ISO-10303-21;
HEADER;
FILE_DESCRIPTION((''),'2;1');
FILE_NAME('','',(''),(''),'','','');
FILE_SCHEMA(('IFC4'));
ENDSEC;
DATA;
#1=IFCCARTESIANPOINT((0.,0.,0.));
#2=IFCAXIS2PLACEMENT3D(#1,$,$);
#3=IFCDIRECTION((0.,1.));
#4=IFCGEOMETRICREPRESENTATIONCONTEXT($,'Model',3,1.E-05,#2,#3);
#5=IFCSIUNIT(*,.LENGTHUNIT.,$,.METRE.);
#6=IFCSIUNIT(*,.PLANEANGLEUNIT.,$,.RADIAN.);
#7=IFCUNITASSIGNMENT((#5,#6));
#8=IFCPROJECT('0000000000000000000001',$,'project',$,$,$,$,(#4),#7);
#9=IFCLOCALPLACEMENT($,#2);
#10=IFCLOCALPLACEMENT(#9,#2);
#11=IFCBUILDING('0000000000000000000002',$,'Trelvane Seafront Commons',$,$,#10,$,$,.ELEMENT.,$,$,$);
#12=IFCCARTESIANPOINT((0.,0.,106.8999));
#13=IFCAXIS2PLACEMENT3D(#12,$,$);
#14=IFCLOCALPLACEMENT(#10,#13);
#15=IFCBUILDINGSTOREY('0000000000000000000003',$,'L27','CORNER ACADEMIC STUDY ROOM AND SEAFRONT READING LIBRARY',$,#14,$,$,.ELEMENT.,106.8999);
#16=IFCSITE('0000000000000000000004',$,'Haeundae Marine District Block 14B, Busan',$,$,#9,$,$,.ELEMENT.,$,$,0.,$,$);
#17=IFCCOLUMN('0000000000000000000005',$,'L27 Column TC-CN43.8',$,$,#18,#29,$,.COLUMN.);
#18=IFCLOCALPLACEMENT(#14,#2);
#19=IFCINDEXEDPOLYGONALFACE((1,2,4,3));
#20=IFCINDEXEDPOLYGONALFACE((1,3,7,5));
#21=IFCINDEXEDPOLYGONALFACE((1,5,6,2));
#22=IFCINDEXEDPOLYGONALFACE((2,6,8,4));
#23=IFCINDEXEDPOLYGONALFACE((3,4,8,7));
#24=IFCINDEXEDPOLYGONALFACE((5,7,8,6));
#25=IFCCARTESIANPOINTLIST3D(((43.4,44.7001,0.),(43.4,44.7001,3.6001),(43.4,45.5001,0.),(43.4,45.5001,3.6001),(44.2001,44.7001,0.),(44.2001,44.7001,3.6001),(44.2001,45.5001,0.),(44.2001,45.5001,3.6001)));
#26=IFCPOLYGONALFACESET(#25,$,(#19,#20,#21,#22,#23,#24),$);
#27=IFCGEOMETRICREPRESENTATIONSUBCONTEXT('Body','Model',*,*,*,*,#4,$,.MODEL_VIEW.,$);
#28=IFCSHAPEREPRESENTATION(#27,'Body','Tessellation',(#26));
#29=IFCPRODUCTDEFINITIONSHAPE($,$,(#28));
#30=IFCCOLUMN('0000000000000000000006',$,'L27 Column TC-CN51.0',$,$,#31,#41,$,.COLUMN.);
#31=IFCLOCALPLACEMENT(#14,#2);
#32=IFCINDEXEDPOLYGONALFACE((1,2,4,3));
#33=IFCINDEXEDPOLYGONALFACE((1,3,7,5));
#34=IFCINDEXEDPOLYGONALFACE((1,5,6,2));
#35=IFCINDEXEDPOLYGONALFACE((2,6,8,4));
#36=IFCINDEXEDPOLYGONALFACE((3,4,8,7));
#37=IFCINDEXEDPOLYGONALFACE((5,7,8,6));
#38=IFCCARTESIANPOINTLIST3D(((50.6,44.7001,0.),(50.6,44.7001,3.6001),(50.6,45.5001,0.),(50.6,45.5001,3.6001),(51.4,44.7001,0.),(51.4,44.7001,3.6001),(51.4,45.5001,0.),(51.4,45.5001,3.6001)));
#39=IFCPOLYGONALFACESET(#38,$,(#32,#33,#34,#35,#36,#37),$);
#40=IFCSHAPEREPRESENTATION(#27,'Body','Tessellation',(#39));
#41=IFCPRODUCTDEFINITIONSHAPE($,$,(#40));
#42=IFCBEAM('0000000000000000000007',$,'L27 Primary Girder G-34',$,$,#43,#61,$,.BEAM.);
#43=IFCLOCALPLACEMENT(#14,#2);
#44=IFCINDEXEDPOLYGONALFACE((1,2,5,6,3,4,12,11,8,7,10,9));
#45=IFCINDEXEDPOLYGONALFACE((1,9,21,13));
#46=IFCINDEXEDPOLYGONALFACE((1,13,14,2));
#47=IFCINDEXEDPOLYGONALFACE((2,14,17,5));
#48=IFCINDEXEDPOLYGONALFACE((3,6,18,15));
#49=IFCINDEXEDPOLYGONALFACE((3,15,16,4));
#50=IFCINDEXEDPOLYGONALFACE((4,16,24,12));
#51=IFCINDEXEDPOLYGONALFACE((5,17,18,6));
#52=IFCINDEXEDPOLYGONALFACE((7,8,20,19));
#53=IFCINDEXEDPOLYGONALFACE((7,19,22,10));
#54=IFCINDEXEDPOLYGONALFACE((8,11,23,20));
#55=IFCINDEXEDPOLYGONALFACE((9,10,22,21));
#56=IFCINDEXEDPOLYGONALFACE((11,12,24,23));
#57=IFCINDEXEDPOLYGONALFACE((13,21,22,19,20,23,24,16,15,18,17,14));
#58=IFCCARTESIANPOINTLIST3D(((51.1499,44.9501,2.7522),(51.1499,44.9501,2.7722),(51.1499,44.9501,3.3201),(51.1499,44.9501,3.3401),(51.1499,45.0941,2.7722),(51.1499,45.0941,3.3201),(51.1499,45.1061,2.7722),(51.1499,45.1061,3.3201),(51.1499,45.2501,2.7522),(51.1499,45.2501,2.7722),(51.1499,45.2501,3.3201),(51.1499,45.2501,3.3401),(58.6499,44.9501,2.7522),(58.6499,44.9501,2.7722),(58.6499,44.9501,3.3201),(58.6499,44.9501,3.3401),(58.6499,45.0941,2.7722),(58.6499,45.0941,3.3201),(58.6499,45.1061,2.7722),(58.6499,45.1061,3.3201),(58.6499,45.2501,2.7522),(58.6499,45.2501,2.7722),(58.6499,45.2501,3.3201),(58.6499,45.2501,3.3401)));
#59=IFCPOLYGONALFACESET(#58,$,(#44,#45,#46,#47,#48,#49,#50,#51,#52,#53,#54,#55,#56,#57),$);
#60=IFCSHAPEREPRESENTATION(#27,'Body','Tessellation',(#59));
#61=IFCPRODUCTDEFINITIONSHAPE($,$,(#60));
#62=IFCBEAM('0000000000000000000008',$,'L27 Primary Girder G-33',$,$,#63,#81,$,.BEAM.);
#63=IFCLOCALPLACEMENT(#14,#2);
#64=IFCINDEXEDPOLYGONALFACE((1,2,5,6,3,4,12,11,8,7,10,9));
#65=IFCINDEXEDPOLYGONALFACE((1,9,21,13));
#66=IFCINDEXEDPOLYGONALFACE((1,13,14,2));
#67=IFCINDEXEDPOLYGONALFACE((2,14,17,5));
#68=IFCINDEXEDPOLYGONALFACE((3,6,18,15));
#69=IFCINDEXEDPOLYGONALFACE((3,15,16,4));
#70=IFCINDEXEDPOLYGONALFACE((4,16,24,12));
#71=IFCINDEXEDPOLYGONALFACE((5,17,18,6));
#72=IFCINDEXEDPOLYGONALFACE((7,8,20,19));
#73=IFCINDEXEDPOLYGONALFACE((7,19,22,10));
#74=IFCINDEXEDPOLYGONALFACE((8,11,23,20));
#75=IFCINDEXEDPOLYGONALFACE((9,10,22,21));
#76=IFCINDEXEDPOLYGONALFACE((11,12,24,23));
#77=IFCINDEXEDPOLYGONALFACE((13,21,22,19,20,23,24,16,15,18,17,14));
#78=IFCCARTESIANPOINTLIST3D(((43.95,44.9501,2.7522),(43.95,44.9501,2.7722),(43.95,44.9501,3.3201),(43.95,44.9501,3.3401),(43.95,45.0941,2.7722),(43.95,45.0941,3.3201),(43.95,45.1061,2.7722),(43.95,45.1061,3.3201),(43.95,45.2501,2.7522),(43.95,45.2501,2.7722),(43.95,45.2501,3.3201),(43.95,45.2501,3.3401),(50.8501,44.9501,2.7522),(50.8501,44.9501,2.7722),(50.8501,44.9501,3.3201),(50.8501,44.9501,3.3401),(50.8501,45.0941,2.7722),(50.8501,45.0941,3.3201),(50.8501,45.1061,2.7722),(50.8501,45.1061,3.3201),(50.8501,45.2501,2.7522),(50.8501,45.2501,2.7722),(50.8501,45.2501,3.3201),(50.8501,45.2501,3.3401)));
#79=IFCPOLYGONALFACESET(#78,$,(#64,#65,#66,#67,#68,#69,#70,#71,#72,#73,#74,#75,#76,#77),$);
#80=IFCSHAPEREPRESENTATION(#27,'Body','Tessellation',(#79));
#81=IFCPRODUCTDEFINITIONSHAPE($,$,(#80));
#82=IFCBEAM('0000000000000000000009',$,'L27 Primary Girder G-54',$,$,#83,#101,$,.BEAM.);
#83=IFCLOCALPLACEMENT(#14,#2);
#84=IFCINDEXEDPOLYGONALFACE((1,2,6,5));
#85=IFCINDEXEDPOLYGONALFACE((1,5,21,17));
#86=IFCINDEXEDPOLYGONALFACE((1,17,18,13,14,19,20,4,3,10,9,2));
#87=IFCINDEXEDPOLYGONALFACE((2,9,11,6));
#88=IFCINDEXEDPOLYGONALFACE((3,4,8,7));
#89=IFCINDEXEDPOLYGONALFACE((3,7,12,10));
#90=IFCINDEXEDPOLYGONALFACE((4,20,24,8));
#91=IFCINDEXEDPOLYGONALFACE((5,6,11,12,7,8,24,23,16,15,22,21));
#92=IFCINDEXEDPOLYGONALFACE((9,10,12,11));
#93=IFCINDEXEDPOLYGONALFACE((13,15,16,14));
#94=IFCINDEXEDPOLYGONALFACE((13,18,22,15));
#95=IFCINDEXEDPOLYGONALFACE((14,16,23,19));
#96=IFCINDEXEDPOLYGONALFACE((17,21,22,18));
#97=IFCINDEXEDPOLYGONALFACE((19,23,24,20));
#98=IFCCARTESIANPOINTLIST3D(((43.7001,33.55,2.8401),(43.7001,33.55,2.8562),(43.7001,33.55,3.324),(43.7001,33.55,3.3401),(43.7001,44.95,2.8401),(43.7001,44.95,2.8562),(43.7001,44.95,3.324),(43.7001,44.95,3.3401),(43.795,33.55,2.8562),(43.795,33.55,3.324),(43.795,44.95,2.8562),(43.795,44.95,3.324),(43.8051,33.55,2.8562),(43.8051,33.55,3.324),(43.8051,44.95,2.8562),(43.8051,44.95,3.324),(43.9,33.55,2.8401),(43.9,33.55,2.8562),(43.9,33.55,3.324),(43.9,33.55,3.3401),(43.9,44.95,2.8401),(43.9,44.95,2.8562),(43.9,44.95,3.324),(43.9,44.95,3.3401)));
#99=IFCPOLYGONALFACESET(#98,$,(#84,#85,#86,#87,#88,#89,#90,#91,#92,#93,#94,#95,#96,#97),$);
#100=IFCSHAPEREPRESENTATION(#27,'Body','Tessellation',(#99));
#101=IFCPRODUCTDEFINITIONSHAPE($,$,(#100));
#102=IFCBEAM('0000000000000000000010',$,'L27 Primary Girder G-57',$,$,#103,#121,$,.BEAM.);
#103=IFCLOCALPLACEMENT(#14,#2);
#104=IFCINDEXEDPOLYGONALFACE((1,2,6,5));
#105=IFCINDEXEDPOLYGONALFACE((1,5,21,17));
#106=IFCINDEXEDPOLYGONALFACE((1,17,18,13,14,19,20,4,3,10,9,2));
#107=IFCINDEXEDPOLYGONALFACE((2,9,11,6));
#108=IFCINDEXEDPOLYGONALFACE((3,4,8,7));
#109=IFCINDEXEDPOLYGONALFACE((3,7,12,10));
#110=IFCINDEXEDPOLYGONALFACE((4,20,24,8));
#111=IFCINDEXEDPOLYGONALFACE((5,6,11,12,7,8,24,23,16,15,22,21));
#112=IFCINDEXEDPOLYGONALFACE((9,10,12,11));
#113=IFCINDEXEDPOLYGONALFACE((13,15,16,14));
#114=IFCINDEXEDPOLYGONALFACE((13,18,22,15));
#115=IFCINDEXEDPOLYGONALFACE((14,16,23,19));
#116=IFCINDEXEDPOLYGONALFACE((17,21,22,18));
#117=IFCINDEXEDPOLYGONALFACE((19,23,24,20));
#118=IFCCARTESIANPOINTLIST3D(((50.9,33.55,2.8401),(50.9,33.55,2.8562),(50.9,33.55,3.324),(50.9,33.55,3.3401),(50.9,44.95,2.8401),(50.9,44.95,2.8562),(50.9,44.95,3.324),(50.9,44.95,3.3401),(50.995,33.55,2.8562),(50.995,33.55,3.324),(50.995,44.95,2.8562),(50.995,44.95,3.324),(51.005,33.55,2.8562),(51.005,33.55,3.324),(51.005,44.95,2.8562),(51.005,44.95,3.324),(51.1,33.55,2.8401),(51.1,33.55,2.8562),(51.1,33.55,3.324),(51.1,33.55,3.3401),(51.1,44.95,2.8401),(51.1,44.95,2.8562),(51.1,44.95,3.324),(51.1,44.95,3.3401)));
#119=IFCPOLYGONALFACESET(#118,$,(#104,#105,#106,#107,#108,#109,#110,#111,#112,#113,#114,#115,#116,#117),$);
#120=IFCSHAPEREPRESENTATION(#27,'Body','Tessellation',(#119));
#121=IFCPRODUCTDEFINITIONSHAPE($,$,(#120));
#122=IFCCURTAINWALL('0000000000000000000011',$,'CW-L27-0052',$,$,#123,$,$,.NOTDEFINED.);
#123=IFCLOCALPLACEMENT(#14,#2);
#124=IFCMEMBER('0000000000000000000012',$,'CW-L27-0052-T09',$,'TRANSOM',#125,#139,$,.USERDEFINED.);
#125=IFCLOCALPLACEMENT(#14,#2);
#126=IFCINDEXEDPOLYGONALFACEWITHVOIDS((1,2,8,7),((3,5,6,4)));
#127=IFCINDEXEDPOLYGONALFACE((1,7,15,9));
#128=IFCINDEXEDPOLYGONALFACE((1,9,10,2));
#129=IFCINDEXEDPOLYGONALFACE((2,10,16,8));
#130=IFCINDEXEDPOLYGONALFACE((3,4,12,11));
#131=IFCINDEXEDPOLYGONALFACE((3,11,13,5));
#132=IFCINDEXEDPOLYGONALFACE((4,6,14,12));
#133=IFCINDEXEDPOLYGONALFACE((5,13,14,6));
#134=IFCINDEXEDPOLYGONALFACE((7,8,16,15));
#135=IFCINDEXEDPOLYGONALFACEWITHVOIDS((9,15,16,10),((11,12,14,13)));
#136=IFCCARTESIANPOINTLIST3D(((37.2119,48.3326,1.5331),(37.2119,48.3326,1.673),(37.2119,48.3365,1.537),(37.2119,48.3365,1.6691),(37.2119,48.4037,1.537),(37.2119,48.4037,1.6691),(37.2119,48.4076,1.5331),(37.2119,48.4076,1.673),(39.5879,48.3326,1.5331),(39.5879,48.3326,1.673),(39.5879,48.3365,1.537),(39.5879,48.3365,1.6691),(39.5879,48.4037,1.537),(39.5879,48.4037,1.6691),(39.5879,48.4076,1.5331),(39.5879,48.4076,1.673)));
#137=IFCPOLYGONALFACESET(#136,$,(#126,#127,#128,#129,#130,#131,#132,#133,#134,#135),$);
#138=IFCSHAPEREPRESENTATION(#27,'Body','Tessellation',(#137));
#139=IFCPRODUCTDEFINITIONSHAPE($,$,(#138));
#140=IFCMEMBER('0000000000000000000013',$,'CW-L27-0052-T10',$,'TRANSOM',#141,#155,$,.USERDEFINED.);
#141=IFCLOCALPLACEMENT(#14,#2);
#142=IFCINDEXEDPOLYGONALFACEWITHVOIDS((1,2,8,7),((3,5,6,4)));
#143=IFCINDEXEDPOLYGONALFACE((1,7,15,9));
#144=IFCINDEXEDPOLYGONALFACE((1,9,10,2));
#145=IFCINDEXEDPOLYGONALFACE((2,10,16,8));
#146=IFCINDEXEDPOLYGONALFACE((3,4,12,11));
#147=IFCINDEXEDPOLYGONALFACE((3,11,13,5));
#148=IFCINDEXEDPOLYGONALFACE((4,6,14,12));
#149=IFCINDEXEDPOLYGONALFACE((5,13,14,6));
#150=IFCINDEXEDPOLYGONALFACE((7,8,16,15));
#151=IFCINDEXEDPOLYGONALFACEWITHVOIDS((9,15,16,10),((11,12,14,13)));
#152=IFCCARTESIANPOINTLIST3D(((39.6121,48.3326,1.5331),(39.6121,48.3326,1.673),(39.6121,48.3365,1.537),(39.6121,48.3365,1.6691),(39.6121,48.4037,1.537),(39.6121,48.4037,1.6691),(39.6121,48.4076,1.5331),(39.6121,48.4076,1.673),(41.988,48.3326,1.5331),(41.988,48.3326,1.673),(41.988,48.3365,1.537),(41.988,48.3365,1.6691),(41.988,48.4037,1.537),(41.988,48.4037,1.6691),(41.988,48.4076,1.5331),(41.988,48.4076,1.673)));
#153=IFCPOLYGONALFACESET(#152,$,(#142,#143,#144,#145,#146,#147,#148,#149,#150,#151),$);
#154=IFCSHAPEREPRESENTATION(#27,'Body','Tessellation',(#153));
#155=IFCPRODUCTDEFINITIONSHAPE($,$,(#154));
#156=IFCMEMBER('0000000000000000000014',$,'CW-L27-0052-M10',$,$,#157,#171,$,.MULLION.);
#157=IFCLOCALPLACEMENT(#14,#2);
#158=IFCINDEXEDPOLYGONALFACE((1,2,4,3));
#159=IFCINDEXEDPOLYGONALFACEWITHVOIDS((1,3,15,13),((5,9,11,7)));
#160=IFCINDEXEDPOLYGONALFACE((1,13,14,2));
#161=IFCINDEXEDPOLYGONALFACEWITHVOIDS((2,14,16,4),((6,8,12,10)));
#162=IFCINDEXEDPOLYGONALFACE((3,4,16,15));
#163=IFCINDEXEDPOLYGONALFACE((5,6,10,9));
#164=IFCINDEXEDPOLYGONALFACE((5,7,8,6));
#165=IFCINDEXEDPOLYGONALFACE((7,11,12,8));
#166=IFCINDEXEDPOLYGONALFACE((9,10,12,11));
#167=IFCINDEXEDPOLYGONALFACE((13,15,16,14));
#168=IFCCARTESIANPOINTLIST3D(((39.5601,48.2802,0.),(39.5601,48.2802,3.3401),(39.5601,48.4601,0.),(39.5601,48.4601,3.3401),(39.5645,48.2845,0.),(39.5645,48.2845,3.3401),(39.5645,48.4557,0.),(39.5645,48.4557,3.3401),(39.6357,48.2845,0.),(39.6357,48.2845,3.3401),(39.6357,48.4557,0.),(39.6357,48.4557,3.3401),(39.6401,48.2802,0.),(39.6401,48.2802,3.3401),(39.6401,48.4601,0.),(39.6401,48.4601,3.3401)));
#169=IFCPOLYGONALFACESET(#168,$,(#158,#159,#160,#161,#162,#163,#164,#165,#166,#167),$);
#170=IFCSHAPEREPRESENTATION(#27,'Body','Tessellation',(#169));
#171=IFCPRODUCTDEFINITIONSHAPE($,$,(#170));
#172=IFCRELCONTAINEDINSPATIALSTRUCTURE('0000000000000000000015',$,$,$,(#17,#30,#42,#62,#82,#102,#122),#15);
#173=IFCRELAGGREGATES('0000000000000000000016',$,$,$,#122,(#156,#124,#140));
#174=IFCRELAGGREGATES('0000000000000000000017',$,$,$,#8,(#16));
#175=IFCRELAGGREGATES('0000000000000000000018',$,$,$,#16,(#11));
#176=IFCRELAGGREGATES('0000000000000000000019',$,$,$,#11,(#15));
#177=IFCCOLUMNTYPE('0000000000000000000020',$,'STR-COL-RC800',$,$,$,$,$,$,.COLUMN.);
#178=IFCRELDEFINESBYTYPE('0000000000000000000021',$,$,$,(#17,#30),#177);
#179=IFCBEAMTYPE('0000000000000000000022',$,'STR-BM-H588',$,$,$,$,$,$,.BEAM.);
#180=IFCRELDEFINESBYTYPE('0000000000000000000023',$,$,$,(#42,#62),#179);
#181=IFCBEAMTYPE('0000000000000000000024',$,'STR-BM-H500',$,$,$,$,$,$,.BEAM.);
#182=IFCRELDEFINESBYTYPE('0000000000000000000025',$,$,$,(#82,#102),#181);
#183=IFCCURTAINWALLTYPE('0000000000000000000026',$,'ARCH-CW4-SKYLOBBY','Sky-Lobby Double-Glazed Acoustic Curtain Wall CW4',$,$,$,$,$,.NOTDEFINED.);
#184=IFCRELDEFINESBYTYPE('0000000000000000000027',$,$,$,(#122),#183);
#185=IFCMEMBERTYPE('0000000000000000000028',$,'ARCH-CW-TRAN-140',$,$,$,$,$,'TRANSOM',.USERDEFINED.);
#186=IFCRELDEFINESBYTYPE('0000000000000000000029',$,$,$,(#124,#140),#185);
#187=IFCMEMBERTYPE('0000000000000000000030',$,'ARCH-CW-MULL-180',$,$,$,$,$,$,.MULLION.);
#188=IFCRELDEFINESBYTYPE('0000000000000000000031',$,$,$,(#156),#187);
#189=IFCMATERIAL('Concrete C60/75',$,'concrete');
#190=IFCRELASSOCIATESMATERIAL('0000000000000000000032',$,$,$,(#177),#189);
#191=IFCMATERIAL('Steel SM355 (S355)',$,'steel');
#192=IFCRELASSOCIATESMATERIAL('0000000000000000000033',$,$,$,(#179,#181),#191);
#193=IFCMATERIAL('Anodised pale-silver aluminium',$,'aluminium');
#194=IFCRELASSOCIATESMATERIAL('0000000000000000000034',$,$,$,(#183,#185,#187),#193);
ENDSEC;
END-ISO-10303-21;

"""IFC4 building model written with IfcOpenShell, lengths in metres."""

from ifc_helpers import new_model, si_unit, direction, frame, origin, origin_2d, place, context, subcontext, project, spatial, rectangle, hollow_rectangle, i_section, extrude, source, transform, mapped, material, material_profile, profile_set, type_object, element, aggregate, save


model = new_model("IFC4")

# Units and contexts
model_context = context("Model", 3, precision=1e-05, world=origin(), true_north=direction((0.0, 1.0)))
body_context = subcontext(model_context, "Body", "Model", "MODEL_VIEW")
ifc_project = project(units=[si_unit("LENGTHUNIT", "METRE"), si_unit("PLANEANGLEUNIT", "RADIAN")], contexts=[model_context])

# Site, building, storey
site_placement = place(None, origin())
site = spatial("IfcSite", under=ifc_project, at=site_placement, Name="Haeundae Marine District Block 14B, Busan", CompositionType="ELEMENT", RefElevation=0.0)
building_placement = place(site_placement, origin())
building = spatial("IfcBuilding", under=site, at=building_placement, Name="Trelvane Seafront Commons", CompositionType="ELEMENT")
storey_placement = place(building_placement, frame((0.0, 0.0, 106.8999)))
storey = spatial("IfcBuildingStorey", under=building, at=storey_placement, Name="L27", Description="CORNER ACADEMIC STUDY ROOM AND SEAFRONT READING LIBRARY", CompositionType="ELEMENT", Elevation=106.8999)

# Columns
ifc_material_1 = material(Name="Concrete C60/75", Category="concrete")
ifc_material_profile_1 = material_profile(ifc_material_1, rectangle(XDim=0.8, YDim=0.8, at=origin_2d()), Name="RC-800x800")
ifc_profile_set_1 = profile_set([ifc_material_profile_1], Name="Concrete C60/75")
column_type = type_object("IfcColumnType", Name="STR-COL-RC800", PredefinedType="COLUMN", material=ifc_profile_set_1)
shared_shape_1 = source(origin(), body_context, "Body", "SweptSolid", [
    extrude(rectangle(XDim=0.8, YDim=0.8, at=origin_2d()), origin(), (0.0, 0.0, 1.0), 3.6001),
])
for number, where, z_axis, x_axis, name in (
    (1, (43.8, 45.1001, 0.0), (0.0, 0.0, 1.0), (1.0, 0.0, 0.0), "L27 Column TC-CN43.8"),
    (2, (51.0, 45.1001, 0.0), (0.0, 0.0, 1.0), (1.0, 0.0, 0.0), "L27 Column TC-CN51.0"),
):
    element("IfcColumn", number, at=place(storey_placement, frame(where, z_axis=z_axis, x_axis=x_axis)), inside=storey, type_object=column_type, Name=name, PredefinedType="COLUMN", context=body_context, shape_type="MappedRepresentation", body=[
        mapped(shared_shape_1, transform((0.0, 0.0, 0.0), x_axis=(1.0, 0.0, 0.0), y_axis=(0.0, 1.0, 0.0), z_axis=(0.0, 0.0, 1.0), scale=1.0)),
    ])

# Beams
ifc_material_2 = material(Name="Steel SM355 (S355)", Category="steel")
ifc_material_profile_2 = material_profile(ifc_material_2, i_section(OverallWidth=0.3, OverallDepth=0.5879, WebThickness=0.012, FlangeThickness=0.02, at=origin_2d()), Name="H-588x300x12x20")
ifc_profile_set_2 = profile_set([ifc_material_profile_2], Name="Steel SM355 (S355)")
beam_type_1 = type_object("IfcBeamType", Name="STR-BM-H588", PredefinedType="BEAM", material=ifc_profile_set_2)
shared_shape_2 = source(origin(), body_context, "Body", "SweptSolid", [
    extrude(i_section(OverallWidth=0.3, OverallDepth=0.5879, WebThickness=0.012, FlangeThickness=0.02, at=origin_2d()), origin(), (0.0, 0.0, 1.0), 7.5),
])
beam_1_placement = place(storey_placement, frame((51.1499, 45.1001, 3.0461), z_axis=(1.0, 0.0, 0.0), x_axis=(0.0, 1.0, 0.0)))
element("IfcBeam", 3, at=beam_1_placement, inside=storey, type_object=beam_type_1, Name="L27 Primary Girder G-34", PredefinedType="BEAM", context=body_context, shape_type="MappedRepresentation", body=[
    mapped(shared_shape_2, transform((0.0, 0.0, 0.0), x_axis=(1.0, 0.0, 0.0), y_axis=(0.0, 1.0, 0.0), z_axis=(0.0, 0.0, 1.0), scale=1.0)),
])
shared_shape_3 = source(origin(), body_context, "Body", "SweptSolid", [
    extrude(i_section(OverallWidth=0.3, OverallDepth=0.5879, WebThickness=0.012, FlangeThickness=0.02, at=origin_2d()), origin(), (0.0, 0.0, 1.0), 6.9001),
])
beam_2_placement = place(storey_placement, frame((43.95, 45.1001, 3.0461), z_axis=(1.0, 0.0, 0.0), x_axis=(0.0, 1.0, 0.0)))
element("IfcBeam", 4, at=beam_2_placement, inside=storey, type_object=beam_type_1, Name="L27 Primary Girder G-33", PredefinedType="BEAM", context=body_context, shape_type="MappedRepresentation", body=[
    mapped(shared_shape_3, transform((0.0, 0.0, 0.0), x_axis=(1.0, 0.0, 0.0), y_axis=(0.0, 1.0, 0.0), z_axis=(0.0, 0.0, 1.0), scale=1.0)),
])
ifc_material_profile_3 = material_profile(ifc_material_2, i_section(OverallWidth=0.2, OverallDepth=0.5, WebThickness=0.01, FlangeThickness=0.0161, at=origin_2d()), Name="H-500x200x10x16")
ifc_profile_set_3 = profile_set([ifc_material_profile_3], Name="Steel SM355 (S355)")
beam_type_2 = type_object("IfcBeamType", Name="STR-BM-H500", PredefinedType="BEAM", material=ifc_profile_set_3)
shared_shape_4 = source(origin(), body_context, "Body", "SweptSolid", [
    extrude(i_section(OverallWidth=0.2, OverallDepth=0.5, WebThickness=0.01, FlangeThickness=0.0161, at=origin_2d()), origin(), (0.0, 0.0, 1.0), 11.3999),
])
for number, where, z_axis, x_axis, name in (
    (5, (43.8, 33.55, 3.0901), (0.0, 1.0, 0.0), (-1.0, 0.0, 0.0), "L27 Primary Girder G-54"),
    (6, (51.0, 33.55, 3.0901), (0.0, 1.0, 0.0), (-1.0, 0.0, 0.0), "L27 Primary Girder G-57"),
):
    element("IfcBeam", number, at=place(storey_placement, frame(where, z_axis=z_axis, x_axis=x_axis)), inside=storey, type_object=beam_type_2, Name=name, PredefinedType="BEAM", context=body_context, shape_type="MappedRepresentation", body=[
        mapped(shared_shape_4, transform((0.0, 0.0, 0.0), x_axis=(1.0, 0.0, 0.0), y_axis=(0.0, 1.0, 0.0), z_axis=(0.0, 0.0, 1.0), scale=1.0)),
    ])

# Curtain wall, members
ifc_material_3 = material(Name="Anodised pale-silver aluminium", Category="aluminium")
curtain_wall_type = type_object("IfcCurtainWallType", Name="ARCH-CW4-SKYLOBBY", Description="Sky-Lobby Double-Glazed Acoustic Curtain Wall CW4", PredefinedType="NOTDEFINED", material=ifc_material_3)
curtain_wall_placement = place(storey_placement, origin())
curtain_wall = element("IfcCurtainWall", 7, at=curtain_wall_placement, inside=storey, type_object=curtain_wall_type, Name="CW-L27-0052", PredefinedType="NOTDEFINED")
ifc_material_profile_4 = material_profile(ifc_material_3, hollow_rectangle(XDim=0.075, YDim=0.1399, WallThickness=0.0039, at=origin_2d()), Name="TRAN-75x140x4")
ifc_profile_set_4 = profile_set([ifc_material_profile_4], Name="Anodised pale-silver aluminium")
member_type_1 = type_object("IfcMemberType", Name="ARCH-CW-TRAN-140", ElementType="TRANSOM", PredefinedType="USERDEFINED", material=ifc_profile_set_4)
shared_shape_5 = source(origin(), body_context, "Body", "SweptSolid", [
    extrude(hollow_rectangle(XDim=0.075, YDim=0.1399, WallThickness=0.0039, at=origin_2d()), origin(), (0.0, 0.0, 1.0), 2.376),
])
member_1_placement = place(storey_placement, frame((37.2119, 48.3701, 1.603), z_axis=(1.0, 0.0, 0.0), x_axis=(0.0, 1.0, 0.0)))
member_1 = element("IfcMember", 8, at=member_1_placement, type_object=member_type_1, Name="CW-L27-0052-T09", ObjectType="TRANSOM", PredefinedType="USERDEFINED", context=body_context, shape_type="MappedRepresentation", body=[
    mapped(shared_shape_5, transform((0.0, 0.0, 0.0), x_axis=(1.0, 0.0, 0.0), y_axis=(0.0, 1.0, 0.0), z_axis=(0.0, 0.0, 1.0), scale=1.0)),
])
member_2_placement = place(storey_placement, frame((39.6121, 48.3701, 1.603), z_axis=(1.0, 0.0, 0.0), x_axis=(0.0, 1.0, 0.0)))
member_2 = element("IfcMember", 9, at=member_2_placement, type_object=member_type_1, Name="CW-L27-0052-T10", ObjectType="TRANSOM", PredefinedType="USERDEFINED", context=body_context, shape_type="MappedRepresentation", body=[
    mapped(shared_shape_5, transform((0.0, 0.0, 0.0), x_axis=(1.0, 0.0, 0.0), y_axis=(0.0, 1.0, 0.0), z_axis=(0.0, 0.0, 1.0), scale=1.0)),
])
ifc_material_profile_5 = material_profile(ifc_material_3, hollow_rectangle(XDim=0.0801, YDim=0.1799, WallThickness=0.0044, at=origin_2d()), Name="MULL-80x180x4.5")
ifc_profile_set_5 = profile_set([ifc_material_profile_5], Name="Anodised pale-silver aluminium")
member_type_2 = type_object("IfcMemberType", Name="ARCH-CW-MULL-180", PredefinedType="MULLION", material=ifc_profile_set_5)
shared_shape_6 = source(origin(), body_context, "Body", "SweptSolid", [
    extrude(hollow_rectangle(XDim=0.0801, YDim=0.1799, WallThickness=0.0044, at=origin_2d()), origin(), (0.0, 0.0, 1.0), 3.3401),
])
member_3_placement = place(storey_placement, frame((39.6001, 48.3701, 0.0), z_axis=(0.0, 0.0, 1.0), x_axis=(1.0, 0.0, 0.0)))
member_3 = element("IfcMember", 10, at=member_3_placement, type_object=member_type_2, Name="CW-L27-0052-M10", PredefinedType="MULLION", context=body_context, shape_type="MappedRepresentation", body=[
    mapped(shared_shape_6, transform((0.0, 0.0, 0.0), x_axis=(1.0, 0.0, 0.0), y_axis=(0.0, 1.0, 0.0), z_axis=(0.0, 0.0, 1.0), scale=1.0)),
])
aggregate(curtain_wall, [member_3, member_1, member_2])

save(model, "model.ifc")
